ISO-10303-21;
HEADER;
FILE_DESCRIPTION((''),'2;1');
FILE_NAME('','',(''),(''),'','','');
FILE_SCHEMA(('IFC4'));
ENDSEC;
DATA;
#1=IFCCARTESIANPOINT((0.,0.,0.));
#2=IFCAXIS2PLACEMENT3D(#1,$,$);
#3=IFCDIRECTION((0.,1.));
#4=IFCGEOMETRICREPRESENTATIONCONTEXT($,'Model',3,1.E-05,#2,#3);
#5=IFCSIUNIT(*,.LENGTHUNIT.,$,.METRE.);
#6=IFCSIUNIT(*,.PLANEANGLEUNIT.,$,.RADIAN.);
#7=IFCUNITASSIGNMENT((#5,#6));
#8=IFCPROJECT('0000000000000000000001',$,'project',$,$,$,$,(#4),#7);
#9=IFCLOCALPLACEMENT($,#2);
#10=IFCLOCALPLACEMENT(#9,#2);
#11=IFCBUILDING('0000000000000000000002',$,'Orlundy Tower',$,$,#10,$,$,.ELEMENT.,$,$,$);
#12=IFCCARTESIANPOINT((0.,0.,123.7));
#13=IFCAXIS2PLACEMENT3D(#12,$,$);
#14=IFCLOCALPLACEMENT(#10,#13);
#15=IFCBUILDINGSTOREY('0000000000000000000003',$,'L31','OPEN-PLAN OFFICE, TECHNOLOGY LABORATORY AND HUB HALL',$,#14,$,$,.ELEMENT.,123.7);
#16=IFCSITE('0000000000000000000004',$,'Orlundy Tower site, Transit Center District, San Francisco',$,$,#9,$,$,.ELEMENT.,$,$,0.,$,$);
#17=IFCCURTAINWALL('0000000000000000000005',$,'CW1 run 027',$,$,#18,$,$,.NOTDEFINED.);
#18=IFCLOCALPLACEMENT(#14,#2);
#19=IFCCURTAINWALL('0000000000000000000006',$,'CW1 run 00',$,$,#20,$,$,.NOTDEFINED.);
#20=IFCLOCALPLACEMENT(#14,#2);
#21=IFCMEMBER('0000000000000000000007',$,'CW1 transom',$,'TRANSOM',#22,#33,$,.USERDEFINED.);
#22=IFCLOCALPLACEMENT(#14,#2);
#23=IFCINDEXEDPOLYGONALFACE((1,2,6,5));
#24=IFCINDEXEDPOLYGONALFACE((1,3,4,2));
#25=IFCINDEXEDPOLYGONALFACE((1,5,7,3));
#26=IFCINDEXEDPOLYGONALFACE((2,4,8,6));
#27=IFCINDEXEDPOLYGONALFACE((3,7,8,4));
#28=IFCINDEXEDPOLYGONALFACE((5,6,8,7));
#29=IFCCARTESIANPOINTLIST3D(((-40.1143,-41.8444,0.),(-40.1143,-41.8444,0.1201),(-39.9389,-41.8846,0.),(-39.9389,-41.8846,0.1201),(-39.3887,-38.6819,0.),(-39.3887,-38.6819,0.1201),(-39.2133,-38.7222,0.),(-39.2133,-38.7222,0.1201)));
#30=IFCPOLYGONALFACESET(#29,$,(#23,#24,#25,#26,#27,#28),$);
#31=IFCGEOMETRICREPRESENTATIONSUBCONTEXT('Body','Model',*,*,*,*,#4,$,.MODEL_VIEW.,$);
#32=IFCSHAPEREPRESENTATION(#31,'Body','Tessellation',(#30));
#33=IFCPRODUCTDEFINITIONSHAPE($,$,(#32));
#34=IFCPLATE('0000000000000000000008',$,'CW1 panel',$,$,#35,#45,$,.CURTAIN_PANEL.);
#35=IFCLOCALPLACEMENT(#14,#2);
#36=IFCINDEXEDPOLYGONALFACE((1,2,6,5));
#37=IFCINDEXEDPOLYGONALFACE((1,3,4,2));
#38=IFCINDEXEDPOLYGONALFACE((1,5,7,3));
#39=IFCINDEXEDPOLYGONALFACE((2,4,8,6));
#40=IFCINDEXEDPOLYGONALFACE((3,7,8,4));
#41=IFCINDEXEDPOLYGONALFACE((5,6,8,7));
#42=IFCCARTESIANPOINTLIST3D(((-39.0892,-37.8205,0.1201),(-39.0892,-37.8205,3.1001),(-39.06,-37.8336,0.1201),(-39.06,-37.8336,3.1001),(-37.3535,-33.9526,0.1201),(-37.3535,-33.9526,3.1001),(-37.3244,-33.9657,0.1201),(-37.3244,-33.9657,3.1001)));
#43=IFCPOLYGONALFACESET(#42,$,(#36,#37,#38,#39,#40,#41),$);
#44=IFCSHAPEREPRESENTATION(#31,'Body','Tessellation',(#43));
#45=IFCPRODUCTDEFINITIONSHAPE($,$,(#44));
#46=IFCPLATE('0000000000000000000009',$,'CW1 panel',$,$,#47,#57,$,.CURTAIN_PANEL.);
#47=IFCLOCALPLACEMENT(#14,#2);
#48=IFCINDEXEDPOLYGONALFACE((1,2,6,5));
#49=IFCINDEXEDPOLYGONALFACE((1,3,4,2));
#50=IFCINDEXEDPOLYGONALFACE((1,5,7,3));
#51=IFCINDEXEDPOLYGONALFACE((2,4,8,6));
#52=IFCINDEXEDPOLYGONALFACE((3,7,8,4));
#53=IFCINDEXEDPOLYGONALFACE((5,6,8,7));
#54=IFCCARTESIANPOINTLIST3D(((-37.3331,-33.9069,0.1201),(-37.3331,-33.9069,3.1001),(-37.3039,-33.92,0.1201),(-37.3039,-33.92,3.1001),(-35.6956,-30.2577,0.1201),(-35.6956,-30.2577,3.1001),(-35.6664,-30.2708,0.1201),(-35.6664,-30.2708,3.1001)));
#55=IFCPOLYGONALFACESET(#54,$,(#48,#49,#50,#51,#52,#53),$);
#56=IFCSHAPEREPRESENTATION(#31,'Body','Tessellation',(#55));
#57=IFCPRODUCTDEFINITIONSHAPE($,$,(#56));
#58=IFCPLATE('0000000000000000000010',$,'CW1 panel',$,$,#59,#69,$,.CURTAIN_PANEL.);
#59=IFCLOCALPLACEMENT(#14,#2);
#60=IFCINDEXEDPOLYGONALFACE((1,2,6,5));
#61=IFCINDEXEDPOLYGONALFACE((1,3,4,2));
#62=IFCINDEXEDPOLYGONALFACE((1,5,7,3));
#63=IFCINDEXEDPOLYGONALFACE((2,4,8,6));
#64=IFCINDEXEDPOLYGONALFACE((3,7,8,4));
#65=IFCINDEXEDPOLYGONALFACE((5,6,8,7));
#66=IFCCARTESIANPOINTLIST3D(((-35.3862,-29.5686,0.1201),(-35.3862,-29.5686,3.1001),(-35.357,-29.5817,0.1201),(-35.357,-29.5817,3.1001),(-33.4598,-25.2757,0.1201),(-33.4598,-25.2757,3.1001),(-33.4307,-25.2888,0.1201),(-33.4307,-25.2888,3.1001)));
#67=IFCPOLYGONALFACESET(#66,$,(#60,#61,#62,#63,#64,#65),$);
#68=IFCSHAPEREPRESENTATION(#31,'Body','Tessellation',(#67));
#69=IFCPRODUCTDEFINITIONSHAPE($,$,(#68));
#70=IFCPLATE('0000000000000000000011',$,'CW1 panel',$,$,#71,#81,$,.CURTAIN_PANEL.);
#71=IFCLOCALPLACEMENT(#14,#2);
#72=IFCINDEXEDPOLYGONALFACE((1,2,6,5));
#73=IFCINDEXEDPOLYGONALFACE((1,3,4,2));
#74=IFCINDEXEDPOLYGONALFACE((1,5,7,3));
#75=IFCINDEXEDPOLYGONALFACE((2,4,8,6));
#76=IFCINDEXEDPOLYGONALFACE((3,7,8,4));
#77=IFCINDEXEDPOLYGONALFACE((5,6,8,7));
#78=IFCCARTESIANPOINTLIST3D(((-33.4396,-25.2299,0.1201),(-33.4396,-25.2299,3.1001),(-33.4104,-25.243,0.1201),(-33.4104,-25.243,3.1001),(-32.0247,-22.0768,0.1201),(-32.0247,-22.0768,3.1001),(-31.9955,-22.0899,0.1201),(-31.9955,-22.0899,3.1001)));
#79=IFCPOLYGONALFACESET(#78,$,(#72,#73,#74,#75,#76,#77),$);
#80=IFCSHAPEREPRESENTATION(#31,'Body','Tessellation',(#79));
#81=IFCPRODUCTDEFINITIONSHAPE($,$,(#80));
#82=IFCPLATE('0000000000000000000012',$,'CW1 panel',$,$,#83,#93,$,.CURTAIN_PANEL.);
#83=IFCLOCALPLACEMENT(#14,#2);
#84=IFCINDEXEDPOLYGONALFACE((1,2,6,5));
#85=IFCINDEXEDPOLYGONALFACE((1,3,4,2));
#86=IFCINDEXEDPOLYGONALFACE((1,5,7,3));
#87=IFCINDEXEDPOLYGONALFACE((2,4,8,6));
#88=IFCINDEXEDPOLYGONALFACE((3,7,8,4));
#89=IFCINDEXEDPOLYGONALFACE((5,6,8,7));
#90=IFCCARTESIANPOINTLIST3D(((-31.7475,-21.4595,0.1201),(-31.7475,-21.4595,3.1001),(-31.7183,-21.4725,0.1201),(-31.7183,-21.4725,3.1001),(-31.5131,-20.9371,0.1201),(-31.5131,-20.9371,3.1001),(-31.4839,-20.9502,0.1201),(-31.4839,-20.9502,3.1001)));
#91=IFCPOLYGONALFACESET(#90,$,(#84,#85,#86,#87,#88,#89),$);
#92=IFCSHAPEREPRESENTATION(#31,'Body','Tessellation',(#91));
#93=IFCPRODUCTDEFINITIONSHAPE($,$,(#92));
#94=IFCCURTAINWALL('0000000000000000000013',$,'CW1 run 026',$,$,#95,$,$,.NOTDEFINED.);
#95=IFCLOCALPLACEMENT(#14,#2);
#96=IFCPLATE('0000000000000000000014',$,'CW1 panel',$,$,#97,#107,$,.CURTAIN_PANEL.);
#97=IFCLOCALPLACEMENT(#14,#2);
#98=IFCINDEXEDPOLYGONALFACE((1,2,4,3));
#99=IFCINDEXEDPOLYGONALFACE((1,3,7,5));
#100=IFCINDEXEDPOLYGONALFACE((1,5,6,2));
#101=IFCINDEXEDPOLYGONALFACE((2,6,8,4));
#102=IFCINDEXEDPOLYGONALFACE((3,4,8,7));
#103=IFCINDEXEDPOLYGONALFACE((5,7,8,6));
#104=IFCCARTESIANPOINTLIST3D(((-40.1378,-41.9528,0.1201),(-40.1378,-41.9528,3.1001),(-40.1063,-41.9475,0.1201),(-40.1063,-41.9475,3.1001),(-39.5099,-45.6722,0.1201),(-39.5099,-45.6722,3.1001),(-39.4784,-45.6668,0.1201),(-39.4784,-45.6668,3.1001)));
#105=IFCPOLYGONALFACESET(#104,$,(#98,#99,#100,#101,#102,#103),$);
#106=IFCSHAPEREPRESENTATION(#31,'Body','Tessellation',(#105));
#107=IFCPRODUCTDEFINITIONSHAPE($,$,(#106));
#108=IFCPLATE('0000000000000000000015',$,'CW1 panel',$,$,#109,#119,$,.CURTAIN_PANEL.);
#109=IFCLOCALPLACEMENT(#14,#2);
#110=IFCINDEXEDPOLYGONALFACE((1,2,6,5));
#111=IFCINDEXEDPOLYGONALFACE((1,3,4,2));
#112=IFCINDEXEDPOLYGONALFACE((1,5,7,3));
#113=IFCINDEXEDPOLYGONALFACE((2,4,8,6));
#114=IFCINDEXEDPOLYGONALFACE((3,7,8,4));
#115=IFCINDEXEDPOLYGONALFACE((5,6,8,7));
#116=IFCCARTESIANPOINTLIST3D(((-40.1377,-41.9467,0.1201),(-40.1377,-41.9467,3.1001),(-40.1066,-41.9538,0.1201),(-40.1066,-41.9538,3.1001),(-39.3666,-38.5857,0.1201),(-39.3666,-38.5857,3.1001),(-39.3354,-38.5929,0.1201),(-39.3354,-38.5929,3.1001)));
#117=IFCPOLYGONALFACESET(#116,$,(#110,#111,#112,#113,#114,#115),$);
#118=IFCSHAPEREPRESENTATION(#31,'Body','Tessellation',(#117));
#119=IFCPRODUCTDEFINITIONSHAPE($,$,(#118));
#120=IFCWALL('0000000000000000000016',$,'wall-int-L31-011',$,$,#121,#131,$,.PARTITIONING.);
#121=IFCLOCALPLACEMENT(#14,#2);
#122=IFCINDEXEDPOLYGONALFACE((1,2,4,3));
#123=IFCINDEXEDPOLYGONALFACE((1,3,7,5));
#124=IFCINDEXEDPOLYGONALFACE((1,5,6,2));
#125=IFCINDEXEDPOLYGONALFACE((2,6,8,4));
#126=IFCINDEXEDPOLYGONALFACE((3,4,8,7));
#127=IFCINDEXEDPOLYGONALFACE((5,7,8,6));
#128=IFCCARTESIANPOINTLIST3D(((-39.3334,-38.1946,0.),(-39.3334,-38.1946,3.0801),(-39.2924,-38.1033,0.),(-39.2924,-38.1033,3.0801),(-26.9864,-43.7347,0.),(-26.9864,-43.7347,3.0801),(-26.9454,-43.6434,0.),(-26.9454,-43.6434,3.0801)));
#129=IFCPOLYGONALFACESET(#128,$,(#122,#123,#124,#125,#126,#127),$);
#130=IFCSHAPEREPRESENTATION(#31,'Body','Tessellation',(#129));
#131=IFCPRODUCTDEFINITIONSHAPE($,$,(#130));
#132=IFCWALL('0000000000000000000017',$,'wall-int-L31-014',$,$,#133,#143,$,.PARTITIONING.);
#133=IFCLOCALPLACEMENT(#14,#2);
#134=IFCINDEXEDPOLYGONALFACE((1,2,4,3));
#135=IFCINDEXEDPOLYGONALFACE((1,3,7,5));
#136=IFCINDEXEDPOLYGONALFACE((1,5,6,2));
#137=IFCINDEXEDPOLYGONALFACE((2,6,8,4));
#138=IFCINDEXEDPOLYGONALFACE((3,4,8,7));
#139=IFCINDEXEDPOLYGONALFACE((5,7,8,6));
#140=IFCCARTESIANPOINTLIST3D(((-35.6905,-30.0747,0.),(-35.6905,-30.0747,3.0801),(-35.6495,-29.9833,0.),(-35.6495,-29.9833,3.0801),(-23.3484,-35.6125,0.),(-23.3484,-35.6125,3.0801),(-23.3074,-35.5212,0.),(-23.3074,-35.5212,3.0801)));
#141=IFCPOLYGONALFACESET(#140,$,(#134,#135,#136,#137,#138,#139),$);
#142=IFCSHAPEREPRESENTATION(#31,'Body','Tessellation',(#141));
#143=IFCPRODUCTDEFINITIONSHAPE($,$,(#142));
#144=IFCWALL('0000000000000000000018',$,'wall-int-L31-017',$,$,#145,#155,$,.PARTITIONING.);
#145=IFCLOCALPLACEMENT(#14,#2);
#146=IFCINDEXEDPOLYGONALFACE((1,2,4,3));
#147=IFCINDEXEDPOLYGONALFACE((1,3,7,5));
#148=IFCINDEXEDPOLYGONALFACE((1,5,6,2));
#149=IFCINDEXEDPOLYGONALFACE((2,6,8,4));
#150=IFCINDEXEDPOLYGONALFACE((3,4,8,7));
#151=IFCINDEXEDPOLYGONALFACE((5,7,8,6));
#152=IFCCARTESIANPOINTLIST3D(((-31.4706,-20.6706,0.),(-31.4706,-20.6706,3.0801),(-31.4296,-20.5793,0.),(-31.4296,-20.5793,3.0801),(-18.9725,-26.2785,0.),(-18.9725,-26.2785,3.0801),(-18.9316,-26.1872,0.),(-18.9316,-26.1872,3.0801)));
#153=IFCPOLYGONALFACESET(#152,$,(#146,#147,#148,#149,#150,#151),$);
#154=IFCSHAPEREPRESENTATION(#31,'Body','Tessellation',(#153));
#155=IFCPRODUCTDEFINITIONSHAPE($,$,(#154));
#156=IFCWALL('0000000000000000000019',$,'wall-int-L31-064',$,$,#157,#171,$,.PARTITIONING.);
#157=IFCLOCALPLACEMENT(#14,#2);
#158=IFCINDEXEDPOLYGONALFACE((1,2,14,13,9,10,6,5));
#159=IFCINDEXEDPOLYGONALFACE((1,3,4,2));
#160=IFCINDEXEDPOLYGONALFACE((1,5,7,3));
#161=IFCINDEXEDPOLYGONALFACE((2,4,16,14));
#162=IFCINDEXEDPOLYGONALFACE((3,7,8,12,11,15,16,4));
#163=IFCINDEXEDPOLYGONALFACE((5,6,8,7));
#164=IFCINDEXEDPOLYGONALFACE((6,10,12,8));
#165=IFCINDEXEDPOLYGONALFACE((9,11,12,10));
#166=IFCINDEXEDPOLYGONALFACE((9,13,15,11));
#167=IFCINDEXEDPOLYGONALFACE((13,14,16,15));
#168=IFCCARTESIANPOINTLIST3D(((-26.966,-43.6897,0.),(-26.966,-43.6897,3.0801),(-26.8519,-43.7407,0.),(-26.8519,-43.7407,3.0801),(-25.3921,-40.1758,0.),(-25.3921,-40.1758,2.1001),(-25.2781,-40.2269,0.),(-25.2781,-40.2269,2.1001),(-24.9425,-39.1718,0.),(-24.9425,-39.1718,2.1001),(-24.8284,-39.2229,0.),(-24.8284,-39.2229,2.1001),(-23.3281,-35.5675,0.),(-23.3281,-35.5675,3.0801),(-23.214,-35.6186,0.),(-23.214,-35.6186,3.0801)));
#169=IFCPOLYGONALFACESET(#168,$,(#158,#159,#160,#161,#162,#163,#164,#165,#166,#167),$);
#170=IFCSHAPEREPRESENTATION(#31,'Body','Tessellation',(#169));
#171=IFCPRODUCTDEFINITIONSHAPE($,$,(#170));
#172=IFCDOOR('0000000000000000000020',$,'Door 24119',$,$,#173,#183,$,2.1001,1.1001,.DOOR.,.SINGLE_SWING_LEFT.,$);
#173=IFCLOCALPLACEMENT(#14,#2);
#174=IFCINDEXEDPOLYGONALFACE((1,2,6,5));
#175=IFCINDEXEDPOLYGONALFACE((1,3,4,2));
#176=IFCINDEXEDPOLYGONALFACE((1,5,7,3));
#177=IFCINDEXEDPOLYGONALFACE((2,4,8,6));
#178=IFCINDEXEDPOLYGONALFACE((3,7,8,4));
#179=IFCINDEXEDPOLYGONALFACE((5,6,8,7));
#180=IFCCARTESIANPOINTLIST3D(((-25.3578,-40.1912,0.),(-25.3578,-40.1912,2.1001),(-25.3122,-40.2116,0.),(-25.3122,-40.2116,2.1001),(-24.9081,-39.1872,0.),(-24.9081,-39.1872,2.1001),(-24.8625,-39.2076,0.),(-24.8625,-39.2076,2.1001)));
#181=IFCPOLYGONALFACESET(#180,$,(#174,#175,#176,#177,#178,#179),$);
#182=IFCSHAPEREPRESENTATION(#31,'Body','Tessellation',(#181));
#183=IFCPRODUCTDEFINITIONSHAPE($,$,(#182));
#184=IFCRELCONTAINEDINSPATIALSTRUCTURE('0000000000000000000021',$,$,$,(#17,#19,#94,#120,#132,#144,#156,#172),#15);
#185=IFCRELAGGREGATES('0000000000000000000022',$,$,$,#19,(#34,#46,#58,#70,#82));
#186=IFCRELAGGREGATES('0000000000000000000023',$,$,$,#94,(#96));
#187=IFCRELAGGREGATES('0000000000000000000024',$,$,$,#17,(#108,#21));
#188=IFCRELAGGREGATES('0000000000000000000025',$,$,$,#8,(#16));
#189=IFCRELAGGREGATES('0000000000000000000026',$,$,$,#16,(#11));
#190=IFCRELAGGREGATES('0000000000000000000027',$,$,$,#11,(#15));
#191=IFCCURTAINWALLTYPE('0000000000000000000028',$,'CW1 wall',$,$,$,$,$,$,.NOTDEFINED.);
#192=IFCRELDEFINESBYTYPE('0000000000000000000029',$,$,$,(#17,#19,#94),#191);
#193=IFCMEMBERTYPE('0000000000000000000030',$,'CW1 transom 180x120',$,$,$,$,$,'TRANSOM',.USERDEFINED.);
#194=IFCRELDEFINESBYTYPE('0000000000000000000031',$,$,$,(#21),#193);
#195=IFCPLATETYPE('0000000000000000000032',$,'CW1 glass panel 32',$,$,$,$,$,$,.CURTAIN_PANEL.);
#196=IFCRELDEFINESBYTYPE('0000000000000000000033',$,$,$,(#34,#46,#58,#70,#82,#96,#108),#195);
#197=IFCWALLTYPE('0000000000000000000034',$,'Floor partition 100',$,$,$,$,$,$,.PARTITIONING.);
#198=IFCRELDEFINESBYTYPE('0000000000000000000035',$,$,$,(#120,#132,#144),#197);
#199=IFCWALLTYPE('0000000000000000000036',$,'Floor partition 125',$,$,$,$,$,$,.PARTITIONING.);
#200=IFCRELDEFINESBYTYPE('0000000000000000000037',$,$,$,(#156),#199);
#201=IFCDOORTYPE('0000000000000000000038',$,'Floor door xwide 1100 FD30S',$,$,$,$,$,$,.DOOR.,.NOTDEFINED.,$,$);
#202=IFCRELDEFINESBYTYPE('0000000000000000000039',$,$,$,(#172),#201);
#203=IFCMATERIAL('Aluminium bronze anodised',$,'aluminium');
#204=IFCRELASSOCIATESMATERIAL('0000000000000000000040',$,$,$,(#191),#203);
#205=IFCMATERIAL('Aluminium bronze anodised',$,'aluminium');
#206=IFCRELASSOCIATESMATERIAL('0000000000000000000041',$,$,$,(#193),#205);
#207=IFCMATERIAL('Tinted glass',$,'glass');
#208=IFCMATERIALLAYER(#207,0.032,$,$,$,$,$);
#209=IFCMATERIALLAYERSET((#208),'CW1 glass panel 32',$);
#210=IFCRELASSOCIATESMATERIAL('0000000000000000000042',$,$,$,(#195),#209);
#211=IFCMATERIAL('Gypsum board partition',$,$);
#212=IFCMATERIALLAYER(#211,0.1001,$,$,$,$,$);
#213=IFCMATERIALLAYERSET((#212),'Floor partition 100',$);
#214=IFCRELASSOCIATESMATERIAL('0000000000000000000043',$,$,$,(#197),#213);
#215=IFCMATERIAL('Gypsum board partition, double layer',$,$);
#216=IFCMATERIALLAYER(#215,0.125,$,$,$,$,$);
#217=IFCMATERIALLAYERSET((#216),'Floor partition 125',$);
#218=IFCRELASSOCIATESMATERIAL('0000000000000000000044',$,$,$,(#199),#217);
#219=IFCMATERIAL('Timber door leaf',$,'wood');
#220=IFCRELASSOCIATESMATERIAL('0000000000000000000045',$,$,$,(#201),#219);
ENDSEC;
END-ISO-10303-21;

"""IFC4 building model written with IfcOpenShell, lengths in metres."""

from ifc_helpers import new_model, si_unit, direction, frame, frame_2d, origin, origin_2d, place, context, subcontext, project, spatial, rectangle, extrude, material, layer, layer_set, material_profile, profile_set, type_object, element, fill, aggregate, save


model = new_model("IFC4")

# Units and contexts
model_context = context("Model", 3, precision=1e-05, world=origin(), true_north=direction((0.0, 1.0)))
body_context = subcontext(model_context, "Body", "Model", "MODEL_VIEW")
ifc_project = project(units=[si_unit("LENGTHUNIT", "METRE"), si_unit("PLANEANGLEUNIT", "RADIAN")], contexts=[model_context])

# Site, building, storey
site_placement = place(None, origin())
site = spatial("IfcSite", under=ifc_project, at=site_placement, Name="Orlundy Tower site, Transit Center District, San Francisco", CompositionType="ELEMENT", RefElevation=0.0)
building_placement = place(site_placement, origin())
building = spatial("IfcBuilding", under=site, at=building_placement, Name="Orlundy Tower", CompositionType="ELEMENT")
storey_placement = place(building_placement, frame((0.0, 0.0, 123.7)))
storey = spatial("IfcBuildingStorey", under=building, at=storey_placement, Name="L31", Description="OPEN-PLAN OFFICE, TECHNOLOGY LABORATORY AND HUB HALL", CompositionType="ELEMENT", Elevation=123.7)

# Curtain wall
ifc_material_1 = material(Name="Aluminium bronze anodised", Category="aluminium")
curtain_wall_type = type_object("IfcCurtainWallType", Name="CW1 wall", PredefinedType="NOTDEFINED", material=ifc_material_1)
curtain_wall_1_placement = place(storey_placement, origin())
curtain_wall_1 = element("IfcCurtainWall", 1, at=curtain_wall_1_placement, inside=storey, type_object=curtain_wall_type, Name="CW1 run 027", PredefinedType="NOTDEFINED")

# Curtain wall
curtain_wall_2_placement = place(storey_placement, origin())
curtain_wall_2 = element("IfcCurtainWall", 2, at=curtain_wall_2_placement, inside=storey, type_object=curtain_wall_type, Name="CW1 run 00", PredefinedType="NOTDEFINED")
ifc_material_2 = material(Name="Aluminium bronze anodised", Category="aluminium")
ifc_material_profile_1 = material_profile(ifc_material_2, rectangle(XDim=0.1799, YDim=0.1201, at=origin_2d()), Name="CW1 transom 180x120")
ifc_profile_set_1 = profile_set([ifc_material_profile_1], Name="Aluminium bronze anodised")
member_type_1 = type_object("IfcMemberType", Name="CW1 transom 180x120", ElementType="TRANSOM", PredefinedType="USERDEFINED", material=ifc_profile_set_1)

# Member
member_1_placement = place(storey_placement, frame((-40.0266, -41.8645, 0.0601), z_axis=(0.223634, 0.974673, 0.0), x_axis=(-0.974673, 0.223634, 0.0)))
member_1 = element("IfcMember", 3, at=member_1_placement, type_object=member_type_1, Name="CW1 transom", ObjectType="TRANSOM", PredefinedType="USERDEFINED", context=body_context, shape_type="SweptSolid", body=[
    extrude(rectangle(XDim=0.1799, YDim=0.1201, at=origin_2d()), origin(), (0.0, 0.0, 1.0), 3.2446),
])

# Plates
ifc_material_3 = material(Name="Tinted glass", Category="glass")
ifc_layer_1 = layer(ifc_material_3, 0.032)
ifc_layer_set_1 = layer_set([ifc_layer_1], Name="CW1 glass panel 32")
plate_type = type_object("IfcPlateType", Name="CW1 glass panel 32", PredefinedType="CURTAIN_PANEL", material=ifc_layer_set_1)
plate_1_placement = place(storey_placement, frame((-38.2068, -35.8931, 0.1201), z_axis=(0.0, 0.0, 1.0), x_axis=(0.409404, 0.912353, 0.0)))
plate_1 = element("IfcPlate", 4, at=plate_1_placement, type_object=plate_type, Name="CW1 panel", PredefinedType="CURTAIN_PANEL", context=body_context, shape_type="SweptSolid", body=[
    extrude(rectangle(XDim=4.2395, YDim=0.032, at=origin_2d()), origin(), (0.0, 0.0, 1.0), 2.98),
])
plate_2_placement = place(storey_placement, frame((-36.4998, -32.0889, 0.1201), z_axis=(0.0, 0.0, 1.0), x_axis=(0.409404, 0.912353, 0.0)))
plate_2 = element("IfcPlate", 5, at=plate_2_placement, type_object=plate_type, Name="CW1 panel", PredefinedType="CURTAIN_PANEL", context=body_context, shape_type="SweptSolid", body=[
    extrude(rectangle(XDim=3.9998, YDim=0.032, at=origin_2d()), origin(), (0.0, 0.0, 1.0), 2.98),
])
plate_3_placement = place(storey_placement, frame((-34.4084, -27.4287, 0.1201), z_axis=(0.0, 0.0, 1.0), x_axis=(0.409404, 0.912353, 0.0)))
plate_3 = element("IfcPlate", 6, at=plate_3_placement, type_object=plate_type, Name="CW1 panel", PredefinedType="CURTAIN_PANEL", context=body_context, shape_type="SweptSolid", body=[
    extrude(rectangle(XDim=4.7053, YDim=0.032, at=origin_2d()), origin(), (0.0, 0.0, 1.0), 2.98),
])
plate_4_placement = place(storey_placement, frame((-32.7175, -23.6599, 0.1201), z_axis=(0.0, 0.0, 1.0), x_axis=(0.409404, 0.912353, 0.0)))
plate_4 = element("IfcPlate", 7, at=plate_4_placement, type_object=plate_type, Name="CW1 panel", PredefinedType="CURTAIN_PANEL", context=body_context, shape_type="SweptSolid", body=[
    extrude(rectangle(XDim=3.4561, YDim=0.032, at=origin_2d()), origin(), (0.0, 0.0, 1.0), 2.98),
])
plate_5_placement = place(storey_placement, frame((-31.6157, -21.2048, 0.1201), z_axis=(0.0, 0.0, 1.0), x_axis=(0.409404, 0.912353, 0.0)))
plate_5 = element("IfcPlate", 8, at=plate_5_placement, type_object=plate_type, Name="CW1 panel", PredefinedType="CURTAIN_PANEL", context=body_context, shape_type="SweptSolid", body=[
    extrude(rectangle(XDim=0.5725, YDim=0.032, at=origin_2d()), origin(), (0.0, 0.0, 1.0), 2.98),
])
aggregate(curtain_wall_2, [plate_1, plate_2, plate_3, plate_4, plate_5])

# Curtain wall, plate
curtain_wall_3_placement = place(storey_placement, origin())
curtain_wall_3 = element("IfcCurtainWall", 9, at=curtain_wall_3_placement, inside=storey, type_object=curtain_wall_type, Name="CW1 run 026", PredefinedType="NOTDEFINED")
plate_6_placement = place(storey_placement, frame((-39.8081, -43.8098, 0.1201), z_axis=(0.0, 0.0, 1.0), x_axis=(-0.166455, 0.986049, 0.0)))
plate_6 = element("IfcPlate", 10, at=plate_6_placement, type_object=plate_type, Name="CW1 panel", PredefinedType="CURTAIN_PANEL", context=body_context, shape_type="SweptSolid", body=[
    extrude(rectangle(XDim=3.772, YDim=0.032, at=origin_2d()), origin(), (0.0, 0.0, 1.0), 2.98),
])
aggregate(curtain_wall_3, [plate_6])

# Plate
plate_7_placement = place(storey_placement, frame((-39.7366, -40.2698, 0.1201), z_axis=(0.0, 0.0, 1.0), x_axis=(0.223638, 0.974672, 0.0)))
plate_7 = element("IfcPlate", 11, at=plate_7_placement, type_object=plate_type, Name="CW1 panel", PredefinedType="CURTAIN_PANEL", context=body_context, shape_type="SweptSolid", body=[
    extrude(rectangle(XDim=3.4482, YDim=0.032, at=origin_2d()), origin(), (0.0, 0.0, 1.0), 2.98),
])
aggregate(curtain_wall_1, [plate_7, member_1])

# Walls
ifc_material_4 = material(Name="Gypsum board partition")
ifc_layer_2 = layer(ifc_material_4, 0.1001)
ifc_layer_set_2 = layer_set([ifc_layer_2], Name="Floor partition 100")
wall_type_1 = type_object("IfcWallType", Name="Floor partition 100", PredefinedType="PARTITIONING", material=ifc_layer_set_2)
wall_1_placement = place(storey_placement, frame((-39.313, -38.1489, 0.0), z_axis=(0.0, 0.0, 1.0), x_axis=(0.912366, -0.409377, 0.0)))
element("IfcWall", 12, at=wall_1_placement, inside=storey, type_object=wall_type_1, Name="wall-int-L31-011", PredefinedType="PARTITIONING", context=body_context, shape_type="SweptSolid", body=[
    extrude(rectangle(XDim=13.533, YDim=0.1001, at=frame_2d((6.7666, 0.0))), origin(), (0.0, 0.0, 1.0), 3.0801),
])
wall_2_placement = place(storey_placement, frame((-35.6699, -30.0291, 0.0), z_axis=(0.0, 0.0, 1.0), x_axis=(0.912366, -0.409376, 0.0)))
element("IfcWall", 13, at=wall_2_placement, inside=storey, type_object=wall_type_1, Name="wall-int-L31-014", PredefinedType="PARTITIONING", context=body_context, shape_type="SweptSolid", body=[
    extrude(rectangle(XDim=13.5276, YDim=0.1001, at=frame_2d((6.7637, 0.0))), origin(), (0.0, 0.0, 1.0), 3.0801),
])
wall_3_placement = place(storey_placement, frame((-31.45, -20.625, 0.0), z_axis=(0.0, 0.0, 1.0), x_axis=(0.912364, -0.40938, 0.0)))
element("IfcWall", 14, at=wall_3_placement, inside=storey, type_object=wall_type_1, Name="wall-int-L31-017", PredefinedType="PARTITIONING", context=body_context, shape_type="SweptSolid", body=[
    extrude(rectangle(XDim=13.6985, YDim=0.1001, at=frame_2d((6.8491, 0.0))), origin(), (0.0, 0.0, 1.0), 3.0801),
])

# Wall, opening, door
ifc_material_5 = material(Name="Gypsum board partition, double layer")
ifc_layer_3 = layer(ifc_material_5, 0.125)
ifc_layer_set_3 = layer_set([ifc_layer_3], Name="Floor partition 125")
wall_type_2 = type_object("IfcWallType", Name="Floor partition 125", PredefinedType="PARTITIONING", material=ifc_layer_set_3)
wall_4_placement = place(storey_placement, frame((-26.9089, -43.7151, 0.0), z_axis=(0.0, 0.0, 1.0), x_axis=(0.408776, 0.912635, 0.0)))
wall_4 = element("IfcWall", 15, at=wall_4_placement, inside=storey, type_object=wall_type_2, Name="wall-int-L31-064", PredefinedType="PARTITIONING", context=body_context, shape_type="SweptSolid", body=[
    extrude(rectangle(XDim=8.8997, YDim=0.125, at=frame_2d((4.4497, 0.0))), origin(), (0.0, 0.0, 1.0), 3.0801),
])
opening_1_placement = place(wall_4_placement, frame((3.8501, 0.0, 0.0)))
opening_1 = element("IfcOpeningElement", 16, at=opening_1_placement, cuts=wall_4, PredefinedType="OPENING", context=body_context, shape_type="SweptSolid", body=[
    extrude(rectangle(XDim=1.1001, YDim=2.1001, at=frame_2d((0.55, 1.05))), frame((0.0, 0.0725, 0.0), z_axis=(0.0, -1.0, 0.0), x_axis=(1.0, 0.0, 0.0)), (0.0, 0.0, 1.0), 0.145),
])
ifc_material_6 = material(Name="Timber door leaf", Category="wood")
door_type_1 = type_object("IfcDoorType", Name="Floor door xwide 1100 FD30S", OperationType="NOTDEFINED", PredefinedType="DOOR", material=ifc_material_6)
door_1_placement = place(opening_1_placement, origin())
door_1 = element("IfcDoor", 17, at=door_1_placement, inside=storey, type_object=door_type_1, Name="Door 24119", OperationType="SINGLE_SWING_LEFT", OverallHeight=2.1001, OverallWidth=1.1001, PredefinedType="DOOR", context=body_context, shape_type="SweptSolid", body=[
    extrude(rectangle(XDim=1.1001, YDim=2.1001, at=frame_2d((0.55, 1.05))), frame((0.0, 0.0249, 0.0), z_axis=(0.0, -1.0, 0.0), x_axis=(1.0, 0.0, 0.0)), (0.0, 0.0, 1.0), 0.05),
])
fill(opening_1, door_1)

save(model, "model.ifc")
